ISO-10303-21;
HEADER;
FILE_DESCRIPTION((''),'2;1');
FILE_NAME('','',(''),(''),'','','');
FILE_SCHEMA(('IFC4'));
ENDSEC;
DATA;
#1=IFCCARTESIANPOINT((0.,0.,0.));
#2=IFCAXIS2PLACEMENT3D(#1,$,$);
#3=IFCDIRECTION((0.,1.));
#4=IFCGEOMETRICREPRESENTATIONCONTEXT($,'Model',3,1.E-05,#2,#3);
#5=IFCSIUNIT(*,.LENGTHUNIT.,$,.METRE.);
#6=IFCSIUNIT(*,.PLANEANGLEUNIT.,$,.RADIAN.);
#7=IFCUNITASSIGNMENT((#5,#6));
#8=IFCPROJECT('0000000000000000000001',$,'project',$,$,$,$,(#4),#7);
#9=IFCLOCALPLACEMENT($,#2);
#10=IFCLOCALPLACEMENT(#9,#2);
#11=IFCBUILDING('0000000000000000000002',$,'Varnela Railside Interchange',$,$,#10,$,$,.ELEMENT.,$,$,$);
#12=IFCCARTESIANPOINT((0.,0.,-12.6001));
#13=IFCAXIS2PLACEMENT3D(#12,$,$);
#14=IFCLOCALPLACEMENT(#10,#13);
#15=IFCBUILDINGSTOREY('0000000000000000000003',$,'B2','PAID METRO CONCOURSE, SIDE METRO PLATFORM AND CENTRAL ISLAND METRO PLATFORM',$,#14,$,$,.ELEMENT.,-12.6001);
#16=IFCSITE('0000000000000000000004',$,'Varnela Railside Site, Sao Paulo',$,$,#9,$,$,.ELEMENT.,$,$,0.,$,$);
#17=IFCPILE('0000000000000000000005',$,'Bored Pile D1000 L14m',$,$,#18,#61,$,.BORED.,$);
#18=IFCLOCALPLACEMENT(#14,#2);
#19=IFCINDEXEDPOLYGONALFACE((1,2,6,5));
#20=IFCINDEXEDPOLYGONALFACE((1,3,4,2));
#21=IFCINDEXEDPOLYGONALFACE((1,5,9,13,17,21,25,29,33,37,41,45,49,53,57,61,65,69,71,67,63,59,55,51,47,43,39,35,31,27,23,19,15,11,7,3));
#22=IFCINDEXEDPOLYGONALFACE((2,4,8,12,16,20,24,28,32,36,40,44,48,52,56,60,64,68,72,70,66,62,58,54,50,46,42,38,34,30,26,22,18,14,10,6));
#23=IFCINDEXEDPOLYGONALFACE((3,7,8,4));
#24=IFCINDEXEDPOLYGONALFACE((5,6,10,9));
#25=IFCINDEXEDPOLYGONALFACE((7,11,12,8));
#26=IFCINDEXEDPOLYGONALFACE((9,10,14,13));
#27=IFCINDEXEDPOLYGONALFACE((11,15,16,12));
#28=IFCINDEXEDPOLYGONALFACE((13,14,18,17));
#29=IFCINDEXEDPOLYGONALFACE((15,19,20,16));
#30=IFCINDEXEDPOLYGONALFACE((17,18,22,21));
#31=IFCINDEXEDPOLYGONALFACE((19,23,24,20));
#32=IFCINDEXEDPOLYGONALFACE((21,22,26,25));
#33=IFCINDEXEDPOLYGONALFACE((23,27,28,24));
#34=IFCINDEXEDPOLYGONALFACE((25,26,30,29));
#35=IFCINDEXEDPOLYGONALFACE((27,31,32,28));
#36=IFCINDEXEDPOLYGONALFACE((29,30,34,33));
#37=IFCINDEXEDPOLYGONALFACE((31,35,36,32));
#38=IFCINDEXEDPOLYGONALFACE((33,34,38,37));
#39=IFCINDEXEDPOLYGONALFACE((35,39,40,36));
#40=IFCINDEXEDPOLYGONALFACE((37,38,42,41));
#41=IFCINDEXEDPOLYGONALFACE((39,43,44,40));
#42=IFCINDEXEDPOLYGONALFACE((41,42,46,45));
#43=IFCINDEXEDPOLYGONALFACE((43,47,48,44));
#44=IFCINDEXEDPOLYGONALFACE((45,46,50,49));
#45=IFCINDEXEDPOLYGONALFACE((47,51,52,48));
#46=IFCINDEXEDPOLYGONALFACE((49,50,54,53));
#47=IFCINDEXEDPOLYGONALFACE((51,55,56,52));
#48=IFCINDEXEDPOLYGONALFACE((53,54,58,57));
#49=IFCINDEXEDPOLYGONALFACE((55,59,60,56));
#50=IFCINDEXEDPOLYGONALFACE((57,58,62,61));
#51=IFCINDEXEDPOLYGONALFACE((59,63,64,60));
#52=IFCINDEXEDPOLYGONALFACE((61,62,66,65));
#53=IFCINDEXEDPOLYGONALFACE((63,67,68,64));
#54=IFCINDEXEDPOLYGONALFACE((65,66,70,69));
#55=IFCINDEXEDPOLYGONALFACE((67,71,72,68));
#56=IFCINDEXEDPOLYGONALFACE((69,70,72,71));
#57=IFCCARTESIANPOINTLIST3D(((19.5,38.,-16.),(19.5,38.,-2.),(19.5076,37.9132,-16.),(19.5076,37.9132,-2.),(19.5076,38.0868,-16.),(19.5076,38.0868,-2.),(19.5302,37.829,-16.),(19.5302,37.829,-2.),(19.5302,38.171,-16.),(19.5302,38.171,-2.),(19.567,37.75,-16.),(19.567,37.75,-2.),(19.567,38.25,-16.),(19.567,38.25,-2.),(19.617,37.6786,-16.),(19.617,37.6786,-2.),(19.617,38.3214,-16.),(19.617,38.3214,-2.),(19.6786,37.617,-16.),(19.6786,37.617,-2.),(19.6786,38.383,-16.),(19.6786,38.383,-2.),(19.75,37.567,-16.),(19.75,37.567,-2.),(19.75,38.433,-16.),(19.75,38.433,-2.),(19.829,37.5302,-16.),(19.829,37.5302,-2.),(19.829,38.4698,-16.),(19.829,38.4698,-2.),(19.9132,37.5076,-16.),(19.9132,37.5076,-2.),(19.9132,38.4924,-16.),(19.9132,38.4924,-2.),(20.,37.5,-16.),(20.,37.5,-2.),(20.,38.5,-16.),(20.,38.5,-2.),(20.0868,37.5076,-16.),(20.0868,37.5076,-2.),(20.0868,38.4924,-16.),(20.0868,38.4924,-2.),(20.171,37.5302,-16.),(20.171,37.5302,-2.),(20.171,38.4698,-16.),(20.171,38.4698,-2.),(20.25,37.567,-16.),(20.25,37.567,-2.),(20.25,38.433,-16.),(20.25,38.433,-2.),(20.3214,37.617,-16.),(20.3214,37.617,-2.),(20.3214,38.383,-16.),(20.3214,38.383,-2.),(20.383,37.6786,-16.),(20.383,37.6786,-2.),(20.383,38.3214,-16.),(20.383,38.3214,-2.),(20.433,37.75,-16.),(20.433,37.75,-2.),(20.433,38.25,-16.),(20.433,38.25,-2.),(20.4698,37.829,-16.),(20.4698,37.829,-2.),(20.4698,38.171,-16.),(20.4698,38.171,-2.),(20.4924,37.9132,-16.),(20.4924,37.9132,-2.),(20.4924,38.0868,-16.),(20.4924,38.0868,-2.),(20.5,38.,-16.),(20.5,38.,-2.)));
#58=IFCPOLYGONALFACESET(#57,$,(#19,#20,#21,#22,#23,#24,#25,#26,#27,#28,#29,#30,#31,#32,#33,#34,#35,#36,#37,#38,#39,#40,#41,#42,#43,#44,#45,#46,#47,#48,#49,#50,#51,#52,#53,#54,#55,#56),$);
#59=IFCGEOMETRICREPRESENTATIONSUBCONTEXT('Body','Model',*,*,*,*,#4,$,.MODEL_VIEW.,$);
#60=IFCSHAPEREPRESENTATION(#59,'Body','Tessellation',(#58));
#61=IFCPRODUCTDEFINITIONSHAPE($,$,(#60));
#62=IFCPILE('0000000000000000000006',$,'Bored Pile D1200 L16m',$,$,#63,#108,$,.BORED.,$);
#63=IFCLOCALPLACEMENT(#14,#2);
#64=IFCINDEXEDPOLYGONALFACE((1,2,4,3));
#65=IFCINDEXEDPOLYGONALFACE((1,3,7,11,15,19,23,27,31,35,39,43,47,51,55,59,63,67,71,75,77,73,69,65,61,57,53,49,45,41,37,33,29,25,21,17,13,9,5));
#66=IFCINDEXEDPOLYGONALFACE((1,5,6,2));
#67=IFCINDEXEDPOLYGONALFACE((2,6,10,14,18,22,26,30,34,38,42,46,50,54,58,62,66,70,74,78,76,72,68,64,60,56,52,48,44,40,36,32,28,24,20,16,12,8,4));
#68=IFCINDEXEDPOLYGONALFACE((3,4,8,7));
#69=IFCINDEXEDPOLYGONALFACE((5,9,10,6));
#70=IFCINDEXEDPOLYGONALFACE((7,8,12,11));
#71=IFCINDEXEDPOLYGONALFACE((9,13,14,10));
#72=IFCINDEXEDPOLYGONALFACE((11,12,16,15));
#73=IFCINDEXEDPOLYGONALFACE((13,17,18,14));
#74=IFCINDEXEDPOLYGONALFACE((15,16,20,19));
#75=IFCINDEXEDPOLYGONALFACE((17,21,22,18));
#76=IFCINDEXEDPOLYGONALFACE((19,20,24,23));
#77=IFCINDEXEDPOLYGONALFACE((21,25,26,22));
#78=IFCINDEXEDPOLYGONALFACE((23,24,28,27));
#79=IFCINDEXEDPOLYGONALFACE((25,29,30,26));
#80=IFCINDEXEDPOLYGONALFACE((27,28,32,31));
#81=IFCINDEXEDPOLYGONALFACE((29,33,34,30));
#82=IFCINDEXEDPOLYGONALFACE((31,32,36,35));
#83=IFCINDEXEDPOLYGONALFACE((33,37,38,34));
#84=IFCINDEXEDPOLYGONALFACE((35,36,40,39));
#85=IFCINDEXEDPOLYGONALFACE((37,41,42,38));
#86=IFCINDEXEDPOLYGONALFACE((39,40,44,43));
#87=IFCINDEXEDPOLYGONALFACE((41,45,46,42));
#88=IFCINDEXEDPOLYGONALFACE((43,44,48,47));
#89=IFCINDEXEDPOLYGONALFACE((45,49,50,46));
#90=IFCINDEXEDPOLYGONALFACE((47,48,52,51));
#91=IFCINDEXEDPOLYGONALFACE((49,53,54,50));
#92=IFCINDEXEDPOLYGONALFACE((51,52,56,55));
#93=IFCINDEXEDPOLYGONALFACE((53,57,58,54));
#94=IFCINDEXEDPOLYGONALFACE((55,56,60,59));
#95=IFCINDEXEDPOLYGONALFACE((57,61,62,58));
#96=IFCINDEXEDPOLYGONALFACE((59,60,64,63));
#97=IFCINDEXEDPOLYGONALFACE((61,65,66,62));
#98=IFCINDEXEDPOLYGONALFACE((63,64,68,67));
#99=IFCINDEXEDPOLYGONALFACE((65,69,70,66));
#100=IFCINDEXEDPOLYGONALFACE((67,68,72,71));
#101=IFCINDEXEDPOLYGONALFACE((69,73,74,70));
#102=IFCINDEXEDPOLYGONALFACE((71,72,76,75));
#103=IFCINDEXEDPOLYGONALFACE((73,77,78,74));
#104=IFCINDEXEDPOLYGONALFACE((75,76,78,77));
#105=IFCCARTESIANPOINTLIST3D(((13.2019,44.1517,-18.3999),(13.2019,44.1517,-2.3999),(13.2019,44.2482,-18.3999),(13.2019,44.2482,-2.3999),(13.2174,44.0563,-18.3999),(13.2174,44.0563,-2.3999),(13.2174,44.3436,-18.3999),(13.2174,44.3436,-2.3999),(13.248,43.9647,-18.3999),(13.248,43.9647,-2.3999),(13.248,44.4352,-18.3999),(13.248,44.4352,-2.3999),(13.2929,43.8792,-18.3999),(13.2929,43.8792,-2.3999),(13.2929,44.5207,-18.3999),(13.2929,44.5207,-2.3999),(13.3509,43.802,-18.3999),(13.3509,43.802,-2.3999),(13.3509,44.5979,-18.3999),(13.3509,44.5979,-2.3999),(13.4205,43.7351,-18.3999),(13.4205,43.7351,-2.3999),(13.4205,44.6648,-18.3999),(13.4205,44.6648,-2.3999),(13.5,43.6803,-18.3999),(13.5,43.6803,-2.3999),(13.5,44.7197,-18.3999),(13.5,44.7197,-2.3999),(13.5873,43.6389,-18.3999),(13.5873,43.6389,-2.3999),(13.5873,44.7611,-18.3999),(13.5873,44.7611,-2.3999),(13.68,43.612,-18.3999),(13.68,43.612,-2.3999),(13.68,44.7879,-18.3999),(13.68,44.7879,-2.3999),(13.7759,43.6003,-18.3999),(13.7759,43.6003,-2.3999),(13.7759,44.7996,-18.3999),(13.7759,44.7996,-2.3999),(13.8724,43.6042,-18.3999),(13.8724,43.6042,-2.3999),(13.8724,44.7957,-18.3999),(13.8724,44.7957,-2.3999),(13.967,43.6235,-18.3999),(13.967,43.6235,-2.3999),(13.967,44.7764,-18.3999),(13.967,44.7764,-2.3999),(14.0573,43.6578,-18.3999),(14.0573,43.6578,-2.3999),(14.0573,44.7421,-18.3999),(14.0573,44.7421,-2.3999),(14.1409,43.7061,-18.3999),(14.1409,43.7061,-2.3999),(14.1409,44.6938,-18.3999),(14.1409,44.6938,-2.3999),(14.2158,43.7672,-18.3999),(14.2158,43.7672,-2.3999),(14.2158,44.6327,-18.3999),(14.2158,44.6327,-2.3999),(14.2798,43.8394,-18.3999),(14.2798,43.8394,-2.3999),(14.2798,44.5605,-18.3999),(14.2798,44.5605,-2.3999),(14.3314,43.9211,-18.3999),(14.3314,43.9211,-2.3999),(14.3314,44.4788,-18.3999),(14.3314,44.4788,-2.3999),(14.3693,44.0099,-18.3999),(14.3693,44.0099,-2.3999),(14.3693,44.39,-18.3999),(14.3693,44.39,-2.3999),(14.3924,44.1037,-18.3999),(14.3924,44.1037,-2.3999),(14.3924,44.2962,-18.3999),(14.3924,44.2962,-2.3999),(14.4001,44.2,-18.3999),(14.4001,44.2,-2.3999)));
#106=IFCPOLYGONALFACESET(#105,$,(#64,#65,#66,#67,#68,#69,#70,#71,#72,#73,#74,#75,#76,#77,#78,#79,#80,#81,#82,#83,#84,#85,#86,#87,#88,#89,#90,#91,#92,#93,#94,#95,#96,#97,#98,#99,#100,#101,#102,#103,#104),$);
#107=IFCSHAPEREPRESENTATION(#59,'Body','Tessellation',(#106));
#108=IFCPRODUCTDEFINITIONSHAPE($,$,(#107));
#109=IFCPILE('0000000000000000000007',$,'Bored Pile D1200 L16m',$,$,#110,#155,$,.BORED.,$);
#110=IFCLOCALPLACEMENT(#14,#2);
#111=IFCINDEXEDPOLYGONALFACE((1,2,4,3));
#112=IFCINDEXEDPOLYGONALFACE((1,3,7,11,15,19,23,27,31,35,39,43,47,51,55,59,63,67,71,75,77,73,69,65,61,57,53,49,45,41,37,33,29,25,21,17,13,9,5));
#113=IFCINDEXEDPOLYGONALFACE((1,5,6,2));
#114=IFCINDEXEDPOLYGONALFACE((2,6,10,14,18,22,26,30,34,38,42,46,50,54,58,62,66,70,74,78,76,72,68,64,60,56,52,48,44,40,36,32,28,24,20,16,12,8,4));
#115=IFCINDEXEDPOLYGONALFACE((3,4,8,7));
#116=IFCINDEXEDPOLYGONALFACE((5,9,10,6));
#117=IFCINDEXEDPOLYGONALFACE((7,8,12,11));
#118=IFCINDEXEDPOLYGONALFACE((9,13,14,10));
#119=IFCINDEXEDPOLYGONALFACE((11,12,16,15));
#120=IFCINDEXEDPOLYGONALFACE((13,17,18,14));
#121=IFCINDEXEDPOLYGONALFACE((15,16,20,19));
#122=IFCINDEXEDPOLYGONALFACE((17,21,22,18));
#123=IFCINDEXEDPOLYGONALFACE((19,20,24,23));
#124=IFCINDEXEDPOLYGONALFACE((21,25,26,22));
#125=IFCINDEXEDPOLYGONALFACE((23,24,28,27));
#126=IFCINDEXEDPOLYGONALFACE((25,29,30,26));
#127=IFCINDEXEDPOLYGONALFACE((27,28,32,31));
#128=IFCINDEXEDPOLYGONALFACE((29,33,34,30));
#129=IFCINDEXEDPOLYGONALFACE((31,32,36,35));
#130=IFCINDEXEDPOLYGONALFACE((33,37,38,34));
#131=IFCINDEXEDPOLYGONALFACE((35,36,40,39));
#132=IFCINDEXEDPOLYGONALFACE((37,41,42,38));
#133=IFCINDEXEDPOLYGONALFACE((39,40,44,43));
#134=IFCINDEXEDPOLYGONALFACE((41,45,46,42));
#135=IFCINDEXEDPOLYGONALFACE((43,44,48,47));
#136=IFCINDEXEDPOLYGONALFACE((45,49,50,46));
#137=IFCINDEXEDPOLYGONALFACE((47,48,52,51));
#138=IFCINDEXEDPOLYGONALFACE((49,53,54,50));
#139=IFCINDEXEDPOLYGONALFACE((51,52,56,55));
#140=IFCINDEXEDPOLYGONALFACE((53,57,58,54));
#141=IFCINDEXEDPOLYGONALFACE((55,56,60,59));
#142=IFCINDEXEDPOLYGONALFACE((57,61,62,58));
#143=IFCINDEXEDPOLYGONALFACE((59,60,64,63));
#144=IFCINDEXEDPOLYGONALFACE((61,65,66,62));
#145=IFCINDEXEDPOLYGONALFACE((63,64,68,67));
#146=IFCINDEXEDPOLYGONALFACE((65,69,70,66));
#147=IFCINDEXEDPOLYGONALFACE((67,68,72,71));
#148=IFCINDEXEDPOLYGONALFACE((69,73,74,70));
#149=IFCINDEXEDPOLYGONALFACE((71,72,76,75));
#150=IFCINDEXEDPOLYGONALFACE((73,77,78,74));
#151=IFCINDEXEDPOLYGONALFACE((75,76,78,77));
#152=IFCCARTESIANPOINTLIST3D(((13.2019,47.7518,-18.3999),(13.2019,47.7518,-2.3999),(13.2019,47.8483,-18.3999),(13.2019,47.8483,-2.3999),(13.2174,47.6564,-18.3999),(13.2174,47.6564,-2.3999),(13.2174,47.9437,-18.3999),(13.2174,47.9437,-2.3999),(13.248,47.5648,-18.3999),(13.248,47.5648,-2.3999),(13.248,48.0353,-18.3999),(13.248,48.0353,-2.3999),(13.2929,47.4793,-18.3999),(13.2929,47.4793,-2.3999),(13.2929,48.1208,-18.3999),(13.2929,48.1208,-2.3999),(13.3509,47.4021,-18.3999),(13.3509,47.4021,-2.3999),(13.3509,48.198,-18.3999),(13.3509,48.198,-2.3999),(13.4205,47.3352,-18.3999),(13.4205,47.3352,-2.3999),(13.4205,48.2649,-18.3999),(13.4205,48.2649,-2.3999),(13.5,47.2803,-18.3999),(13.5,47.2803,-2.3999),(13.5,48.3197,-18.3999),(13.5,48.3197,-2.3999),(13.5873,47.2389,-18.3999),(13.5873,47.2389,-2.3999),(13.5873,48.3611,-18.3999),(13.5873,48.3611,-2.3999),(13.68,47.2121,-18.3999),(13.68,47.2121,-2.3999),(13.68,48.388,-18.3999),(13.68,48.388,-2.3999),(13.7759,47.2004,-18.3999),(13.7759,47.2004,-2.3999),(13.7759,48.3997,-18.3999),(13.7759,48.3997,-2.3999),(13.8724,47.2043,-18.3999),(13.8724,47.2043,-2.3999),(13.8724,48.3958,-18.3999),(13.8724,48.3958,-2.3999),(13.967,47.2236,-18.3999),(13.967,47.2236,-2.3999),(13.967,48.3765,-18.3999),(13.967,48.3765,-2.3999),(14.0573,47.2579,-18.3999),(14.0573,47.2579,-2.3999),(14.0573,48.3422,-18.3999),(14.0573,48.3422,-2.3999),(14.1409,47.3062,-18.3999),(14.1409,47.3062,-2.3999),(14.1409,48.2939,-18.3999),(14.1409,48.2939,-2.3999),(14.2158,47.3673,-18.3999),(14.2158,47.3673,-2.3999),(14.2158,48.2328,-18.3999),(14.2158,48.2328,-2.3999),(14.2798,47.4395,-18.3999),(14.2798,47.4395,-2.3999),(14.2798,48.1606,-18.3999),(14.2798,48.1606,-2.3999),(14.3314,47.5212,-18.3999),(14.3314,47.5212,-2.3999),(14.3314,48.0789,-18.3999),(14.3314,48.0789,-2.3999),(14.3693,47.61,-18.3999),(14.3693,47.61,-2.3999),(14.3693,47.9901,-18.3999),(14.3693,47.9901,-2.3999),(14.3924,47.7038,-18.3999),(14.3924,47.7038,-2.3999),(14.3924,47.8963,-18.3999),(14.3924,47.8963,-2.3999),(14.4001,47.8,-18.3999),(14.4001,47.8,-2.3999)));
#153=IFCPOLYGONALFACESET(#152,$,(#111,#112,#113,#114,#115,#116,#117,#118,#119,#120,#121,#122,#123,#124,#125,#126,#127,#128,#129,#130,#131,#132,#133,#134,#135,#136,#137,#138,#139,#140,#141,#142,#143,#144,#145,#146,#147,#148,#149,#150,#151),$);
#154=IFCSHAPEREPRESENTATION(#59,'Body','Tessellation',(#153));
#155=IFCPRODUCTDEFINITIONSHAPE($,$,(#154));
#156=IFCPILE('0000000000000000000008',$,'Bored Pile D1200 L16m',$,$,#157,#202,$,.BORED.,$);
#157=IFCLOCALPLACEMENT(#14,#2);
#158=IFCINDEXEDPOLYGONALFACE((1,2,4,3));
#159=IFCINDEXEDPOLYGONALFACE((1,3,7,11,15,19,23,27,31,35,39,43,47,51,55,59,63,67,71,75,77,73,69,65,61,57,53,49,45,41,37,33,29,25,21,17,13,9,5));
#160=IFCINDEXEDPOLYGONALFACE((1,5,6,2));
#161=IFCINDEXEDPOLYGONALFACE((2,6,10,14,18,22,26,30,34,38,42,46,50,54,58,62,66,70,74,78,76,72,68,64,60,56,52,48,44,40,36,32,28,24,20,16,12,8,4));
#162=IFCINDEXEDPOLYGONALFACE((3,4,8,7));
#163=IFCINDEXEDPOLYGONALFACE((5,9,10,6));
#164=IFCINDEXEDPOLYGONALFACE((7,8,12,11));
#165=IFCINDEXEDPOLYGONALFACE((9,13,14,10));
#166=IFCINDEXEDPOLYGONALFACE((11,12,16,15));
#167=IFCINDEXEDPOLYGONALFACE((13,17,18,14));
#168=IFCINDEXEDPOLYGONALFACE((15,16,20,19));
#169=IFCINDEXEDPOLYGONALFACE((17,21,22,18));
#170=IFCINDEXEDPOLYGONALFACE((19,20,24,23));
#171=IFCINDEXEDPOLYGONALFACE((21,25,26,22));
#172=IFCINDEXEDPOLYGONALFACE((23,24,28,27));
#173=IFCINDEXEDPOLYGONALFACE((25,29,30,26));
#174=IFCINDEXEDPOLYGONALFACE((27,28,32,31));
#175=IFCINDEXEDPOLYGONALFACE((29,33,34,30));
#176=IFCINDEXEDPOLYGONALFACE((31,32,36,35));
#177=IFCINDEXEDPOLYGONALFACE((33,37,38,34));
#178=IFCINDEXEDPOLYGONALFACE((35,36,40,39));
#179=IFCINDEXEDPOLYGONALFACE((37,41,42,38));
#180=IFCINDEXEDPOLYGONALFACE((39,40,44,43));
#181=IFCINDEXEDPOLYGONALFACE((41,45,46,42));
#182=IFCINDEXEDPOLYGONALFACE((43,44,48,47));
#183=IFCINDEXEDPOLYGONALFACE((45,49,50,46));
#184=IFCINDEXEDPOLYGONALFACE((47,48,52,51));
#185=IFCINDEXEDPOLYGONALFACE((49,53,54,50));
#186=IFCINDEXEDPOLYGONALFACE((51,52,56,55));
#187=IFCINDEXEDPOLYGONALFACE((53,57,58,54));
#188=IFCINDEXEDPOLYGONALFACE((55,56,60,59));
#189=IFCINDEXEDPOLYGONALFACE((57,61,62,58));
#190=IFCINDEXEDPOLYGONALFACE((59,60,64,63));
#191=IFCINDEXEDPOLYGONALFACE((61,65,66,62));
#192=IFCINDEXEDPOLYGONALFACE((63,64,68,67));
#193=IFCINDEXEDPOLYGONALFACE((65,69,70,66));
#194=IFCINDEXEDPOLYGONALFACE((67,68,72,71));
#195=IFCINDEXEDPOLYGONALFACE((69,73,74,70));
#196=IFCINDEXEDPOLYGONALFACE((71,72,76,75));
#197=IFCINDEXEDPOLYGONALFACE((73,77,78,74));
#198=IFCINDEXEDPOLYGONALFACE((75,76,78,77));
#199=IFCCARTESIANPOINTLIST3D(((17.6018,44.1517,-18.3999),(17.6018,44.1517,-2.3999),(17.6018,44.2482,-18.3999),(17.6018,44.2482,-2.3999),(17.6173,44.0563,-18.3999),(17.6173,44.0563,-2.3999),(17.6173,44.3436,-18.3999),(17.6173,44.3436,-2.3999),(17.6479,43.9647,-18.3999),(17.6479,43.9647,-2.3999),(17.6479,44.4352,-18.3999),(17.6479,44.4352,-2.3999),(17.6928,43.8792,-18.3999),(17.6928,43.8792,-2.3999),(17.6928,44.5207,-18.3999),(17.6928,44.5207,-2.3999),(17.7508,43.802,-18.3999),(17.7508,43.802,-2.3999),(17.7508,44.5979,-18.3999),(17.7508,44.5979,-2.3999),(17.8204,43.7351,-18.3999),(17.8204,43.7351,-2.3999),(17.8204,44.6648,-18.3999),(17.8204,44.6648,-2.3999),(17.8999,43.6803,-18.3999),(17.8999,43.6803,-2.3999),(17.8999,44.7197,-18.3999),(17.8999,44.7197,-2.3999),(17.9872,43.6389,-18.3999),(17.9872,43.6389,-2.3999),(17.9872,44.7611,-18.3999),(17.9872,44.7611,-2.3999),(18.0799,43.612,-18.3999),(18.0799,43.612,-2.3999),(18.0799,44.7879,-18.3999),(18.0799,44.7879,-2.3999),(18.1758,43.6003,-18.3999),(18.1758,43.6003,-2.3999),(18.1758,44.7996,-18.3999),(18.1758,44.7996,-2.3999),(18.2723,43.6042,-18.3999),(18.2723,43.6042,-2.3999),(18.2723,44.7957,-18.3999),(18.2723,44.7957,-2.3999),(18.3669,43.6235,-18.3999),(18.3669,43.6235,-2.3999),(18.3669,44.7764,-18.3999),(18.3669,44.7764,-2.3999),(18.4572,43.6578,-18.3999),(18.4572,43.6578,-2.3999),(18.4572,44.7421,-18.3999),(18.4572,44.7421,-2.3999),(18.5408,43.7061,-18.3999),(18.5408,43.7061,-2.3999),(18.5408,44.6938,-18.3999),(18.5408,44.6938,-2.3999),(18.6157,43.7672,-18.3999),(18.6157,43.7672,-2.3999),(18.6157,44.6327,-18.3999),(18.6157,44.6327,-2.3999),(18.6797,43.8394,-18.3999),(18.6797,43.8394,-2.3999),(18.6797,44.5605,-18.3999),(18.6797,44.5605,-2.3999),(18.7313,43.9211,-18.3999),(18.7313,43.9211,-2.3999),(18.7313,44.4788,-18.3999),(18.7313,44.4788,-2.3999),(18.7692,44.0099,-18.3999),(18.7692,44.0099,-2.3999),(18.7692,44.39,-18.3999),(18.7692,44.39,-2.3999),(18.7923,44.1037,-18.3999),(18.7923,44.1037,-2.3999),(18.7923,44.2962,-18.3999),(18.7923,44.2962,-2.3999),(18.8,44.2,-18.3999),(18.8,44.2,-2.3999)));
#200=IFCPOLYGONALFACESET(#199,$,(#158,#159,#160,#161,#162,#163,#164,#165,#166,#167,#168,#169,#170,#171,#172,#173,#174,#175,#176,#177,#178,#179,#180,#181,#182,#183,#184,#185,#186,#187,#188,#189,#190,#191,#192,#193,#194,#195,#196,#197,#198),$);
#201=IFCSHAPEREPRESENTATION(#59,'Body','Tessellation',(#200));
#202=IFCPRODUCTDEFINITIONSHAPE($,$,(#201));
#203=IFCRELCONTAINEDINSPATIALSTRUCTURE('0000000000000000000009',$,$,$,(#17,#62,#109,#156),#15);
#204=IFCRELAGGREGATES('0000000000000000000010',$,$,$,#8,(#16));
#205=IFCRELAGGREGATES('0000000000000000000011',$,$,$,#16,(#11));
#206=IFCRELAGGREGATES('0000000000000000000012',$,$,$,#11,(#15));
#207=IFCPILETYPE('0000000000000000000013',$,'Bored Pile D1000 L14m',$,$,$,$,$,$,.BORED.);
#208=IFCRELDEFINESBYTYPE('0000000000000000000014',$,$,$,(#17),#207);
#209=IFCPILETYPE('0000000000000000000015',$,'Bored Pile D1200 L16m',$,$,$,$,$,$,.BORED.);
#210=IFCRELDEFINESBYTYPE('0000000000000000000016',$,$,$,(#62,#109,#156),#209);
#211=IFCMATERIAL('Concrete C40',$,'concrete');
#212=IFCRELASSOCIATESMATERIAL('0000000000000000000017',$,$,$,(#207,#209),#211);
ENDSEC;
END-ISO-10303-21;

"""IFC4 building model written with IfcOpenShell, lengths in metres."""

from ifc_helpers import new_model, si_unit, direction, frame, origin, origin_2d, place, context, subcontext, project, spatial, circle, extrude, material, material_profile, profile_set, type_object, element, save


model = new_model("IFC4")

# Units and contexts
model_context = context("Model", 3, precision=1e-05, world=origin(), true_north=direction((0.0, 1.0)))
body_context = subcontext(model_context, "Body", "Model", "MODEL_VIEW")
ifc_project = project(units=[si_unit("LENGTHUNIT", "METRE"), si_unit("PLANEANGLEUNIT", "RADIAN")], contexts=[model_context])

# Site, building, storey
site_placement = place(None, origin())
site = spatial("IfcSite", under=ifc_project, at=site_placement, Name="Varnela Railside Site, Sao Paulo", CompositionType="ELEMENT", RefElevation=0.0)
building_placement = place(site_placement, origin())
building = spatial("IfcBuilding", under=site, at=building_placement, Name="Varnela Railside Interchange", CompositionType="ELEMENT")
storey_placement = place(building_placement, frame((0.0, 0.0, -12.6001)))
storey = spatial("IfcBuildingStorey", under=building, at=storey_placement, Name="B2", Description="PAID METRO CONCOURSE, SIDE METRO PLATFORM AND CENTRAL ISLAND METRO PLATFORM", CompositionType="ELEMENT", Elevation=-12.6001)

# Piles
ifc_material_1 = material(Name="Concrete C40", Category="concrete")
ifc_material_profile_1 = material_profile(ifc_material_1, circle(Radius=0.5, at=origin_2d()), Name="BORED PILE D1000")
ifc_profile_set_1 = profile_set([ifc_material_profile_1], Name="Concrete C40")
pile_type_1 = type_object("IfcPileType", Name="Bored Pile D1000 L14m", PredefinedType="BORED", material=ifc_profile_set_1)
pile_placement = place(storey_placement, frame((20.0, 38.0, -2.0), z_axis=(0.0, 0.0, -1.0), x_axis=(1.0, 0.0, 0.0)))
element("IfcPile", 1, at=pile_placement, inside=storey, type_object=pile_type_1, Name="Bored Pile D1000 L14m", PredefinedType="BORED", context=body_context, shape_type="SweptSolid", body=[
    extrude(circle(Radius=0.5, at=origin_2d()), origin(), (0.0, 0.0, 1.0), 14.0),
])
ifc_material_profile_2 = material_profile(ifc_material_1, circle(Radius=0.6001, at=origin_2d()), Name="BORED PILE D1200")
ifc_profile_set_2 = profile_set([ifc_material_profile_2], Name="Concrete C40")
pile_type_2 = type_object("IfcPileType", Name="Bored Pile D1200 L16m", PredefinedType="BORED", material=ifc_profile_set_2)
for number, where, z_axis, x_axis, name in (
    (2, (13.8, 44.2, -2.3999), (0.0, 0.0, -1.0), (1.0, 0.0, 0.0), "Bored Pile D1200 L16m"),
    (3, (13.8, 47.8, -2.3999), (0.0, 0.0, -1.0), (1.0, 0.0, 0.0), "Bored Pile D1200 L16m"),
    (4, (18.2, 44.2, -2.3999), (0.0, 0.0, -1.0), (1.0, 0.0, 0.0), "Bored Pile D1200 L16m"),
):
    element("IfcPile", number, at=place(storey_placement, frame(where, z_axis=z_axis, x_axis=x_axis)), inside=storey, type_object=pile_type_2, Name=name, PredefinedType="BORED", context=body_context, shape_type="SweptSolid", body=[
        extrude(circle(Radius=0.6001, at=origin_2d()), origin(), (0.0, 0.0, 1.0), 16.0),
    ])

save(model, "model.ifc")
